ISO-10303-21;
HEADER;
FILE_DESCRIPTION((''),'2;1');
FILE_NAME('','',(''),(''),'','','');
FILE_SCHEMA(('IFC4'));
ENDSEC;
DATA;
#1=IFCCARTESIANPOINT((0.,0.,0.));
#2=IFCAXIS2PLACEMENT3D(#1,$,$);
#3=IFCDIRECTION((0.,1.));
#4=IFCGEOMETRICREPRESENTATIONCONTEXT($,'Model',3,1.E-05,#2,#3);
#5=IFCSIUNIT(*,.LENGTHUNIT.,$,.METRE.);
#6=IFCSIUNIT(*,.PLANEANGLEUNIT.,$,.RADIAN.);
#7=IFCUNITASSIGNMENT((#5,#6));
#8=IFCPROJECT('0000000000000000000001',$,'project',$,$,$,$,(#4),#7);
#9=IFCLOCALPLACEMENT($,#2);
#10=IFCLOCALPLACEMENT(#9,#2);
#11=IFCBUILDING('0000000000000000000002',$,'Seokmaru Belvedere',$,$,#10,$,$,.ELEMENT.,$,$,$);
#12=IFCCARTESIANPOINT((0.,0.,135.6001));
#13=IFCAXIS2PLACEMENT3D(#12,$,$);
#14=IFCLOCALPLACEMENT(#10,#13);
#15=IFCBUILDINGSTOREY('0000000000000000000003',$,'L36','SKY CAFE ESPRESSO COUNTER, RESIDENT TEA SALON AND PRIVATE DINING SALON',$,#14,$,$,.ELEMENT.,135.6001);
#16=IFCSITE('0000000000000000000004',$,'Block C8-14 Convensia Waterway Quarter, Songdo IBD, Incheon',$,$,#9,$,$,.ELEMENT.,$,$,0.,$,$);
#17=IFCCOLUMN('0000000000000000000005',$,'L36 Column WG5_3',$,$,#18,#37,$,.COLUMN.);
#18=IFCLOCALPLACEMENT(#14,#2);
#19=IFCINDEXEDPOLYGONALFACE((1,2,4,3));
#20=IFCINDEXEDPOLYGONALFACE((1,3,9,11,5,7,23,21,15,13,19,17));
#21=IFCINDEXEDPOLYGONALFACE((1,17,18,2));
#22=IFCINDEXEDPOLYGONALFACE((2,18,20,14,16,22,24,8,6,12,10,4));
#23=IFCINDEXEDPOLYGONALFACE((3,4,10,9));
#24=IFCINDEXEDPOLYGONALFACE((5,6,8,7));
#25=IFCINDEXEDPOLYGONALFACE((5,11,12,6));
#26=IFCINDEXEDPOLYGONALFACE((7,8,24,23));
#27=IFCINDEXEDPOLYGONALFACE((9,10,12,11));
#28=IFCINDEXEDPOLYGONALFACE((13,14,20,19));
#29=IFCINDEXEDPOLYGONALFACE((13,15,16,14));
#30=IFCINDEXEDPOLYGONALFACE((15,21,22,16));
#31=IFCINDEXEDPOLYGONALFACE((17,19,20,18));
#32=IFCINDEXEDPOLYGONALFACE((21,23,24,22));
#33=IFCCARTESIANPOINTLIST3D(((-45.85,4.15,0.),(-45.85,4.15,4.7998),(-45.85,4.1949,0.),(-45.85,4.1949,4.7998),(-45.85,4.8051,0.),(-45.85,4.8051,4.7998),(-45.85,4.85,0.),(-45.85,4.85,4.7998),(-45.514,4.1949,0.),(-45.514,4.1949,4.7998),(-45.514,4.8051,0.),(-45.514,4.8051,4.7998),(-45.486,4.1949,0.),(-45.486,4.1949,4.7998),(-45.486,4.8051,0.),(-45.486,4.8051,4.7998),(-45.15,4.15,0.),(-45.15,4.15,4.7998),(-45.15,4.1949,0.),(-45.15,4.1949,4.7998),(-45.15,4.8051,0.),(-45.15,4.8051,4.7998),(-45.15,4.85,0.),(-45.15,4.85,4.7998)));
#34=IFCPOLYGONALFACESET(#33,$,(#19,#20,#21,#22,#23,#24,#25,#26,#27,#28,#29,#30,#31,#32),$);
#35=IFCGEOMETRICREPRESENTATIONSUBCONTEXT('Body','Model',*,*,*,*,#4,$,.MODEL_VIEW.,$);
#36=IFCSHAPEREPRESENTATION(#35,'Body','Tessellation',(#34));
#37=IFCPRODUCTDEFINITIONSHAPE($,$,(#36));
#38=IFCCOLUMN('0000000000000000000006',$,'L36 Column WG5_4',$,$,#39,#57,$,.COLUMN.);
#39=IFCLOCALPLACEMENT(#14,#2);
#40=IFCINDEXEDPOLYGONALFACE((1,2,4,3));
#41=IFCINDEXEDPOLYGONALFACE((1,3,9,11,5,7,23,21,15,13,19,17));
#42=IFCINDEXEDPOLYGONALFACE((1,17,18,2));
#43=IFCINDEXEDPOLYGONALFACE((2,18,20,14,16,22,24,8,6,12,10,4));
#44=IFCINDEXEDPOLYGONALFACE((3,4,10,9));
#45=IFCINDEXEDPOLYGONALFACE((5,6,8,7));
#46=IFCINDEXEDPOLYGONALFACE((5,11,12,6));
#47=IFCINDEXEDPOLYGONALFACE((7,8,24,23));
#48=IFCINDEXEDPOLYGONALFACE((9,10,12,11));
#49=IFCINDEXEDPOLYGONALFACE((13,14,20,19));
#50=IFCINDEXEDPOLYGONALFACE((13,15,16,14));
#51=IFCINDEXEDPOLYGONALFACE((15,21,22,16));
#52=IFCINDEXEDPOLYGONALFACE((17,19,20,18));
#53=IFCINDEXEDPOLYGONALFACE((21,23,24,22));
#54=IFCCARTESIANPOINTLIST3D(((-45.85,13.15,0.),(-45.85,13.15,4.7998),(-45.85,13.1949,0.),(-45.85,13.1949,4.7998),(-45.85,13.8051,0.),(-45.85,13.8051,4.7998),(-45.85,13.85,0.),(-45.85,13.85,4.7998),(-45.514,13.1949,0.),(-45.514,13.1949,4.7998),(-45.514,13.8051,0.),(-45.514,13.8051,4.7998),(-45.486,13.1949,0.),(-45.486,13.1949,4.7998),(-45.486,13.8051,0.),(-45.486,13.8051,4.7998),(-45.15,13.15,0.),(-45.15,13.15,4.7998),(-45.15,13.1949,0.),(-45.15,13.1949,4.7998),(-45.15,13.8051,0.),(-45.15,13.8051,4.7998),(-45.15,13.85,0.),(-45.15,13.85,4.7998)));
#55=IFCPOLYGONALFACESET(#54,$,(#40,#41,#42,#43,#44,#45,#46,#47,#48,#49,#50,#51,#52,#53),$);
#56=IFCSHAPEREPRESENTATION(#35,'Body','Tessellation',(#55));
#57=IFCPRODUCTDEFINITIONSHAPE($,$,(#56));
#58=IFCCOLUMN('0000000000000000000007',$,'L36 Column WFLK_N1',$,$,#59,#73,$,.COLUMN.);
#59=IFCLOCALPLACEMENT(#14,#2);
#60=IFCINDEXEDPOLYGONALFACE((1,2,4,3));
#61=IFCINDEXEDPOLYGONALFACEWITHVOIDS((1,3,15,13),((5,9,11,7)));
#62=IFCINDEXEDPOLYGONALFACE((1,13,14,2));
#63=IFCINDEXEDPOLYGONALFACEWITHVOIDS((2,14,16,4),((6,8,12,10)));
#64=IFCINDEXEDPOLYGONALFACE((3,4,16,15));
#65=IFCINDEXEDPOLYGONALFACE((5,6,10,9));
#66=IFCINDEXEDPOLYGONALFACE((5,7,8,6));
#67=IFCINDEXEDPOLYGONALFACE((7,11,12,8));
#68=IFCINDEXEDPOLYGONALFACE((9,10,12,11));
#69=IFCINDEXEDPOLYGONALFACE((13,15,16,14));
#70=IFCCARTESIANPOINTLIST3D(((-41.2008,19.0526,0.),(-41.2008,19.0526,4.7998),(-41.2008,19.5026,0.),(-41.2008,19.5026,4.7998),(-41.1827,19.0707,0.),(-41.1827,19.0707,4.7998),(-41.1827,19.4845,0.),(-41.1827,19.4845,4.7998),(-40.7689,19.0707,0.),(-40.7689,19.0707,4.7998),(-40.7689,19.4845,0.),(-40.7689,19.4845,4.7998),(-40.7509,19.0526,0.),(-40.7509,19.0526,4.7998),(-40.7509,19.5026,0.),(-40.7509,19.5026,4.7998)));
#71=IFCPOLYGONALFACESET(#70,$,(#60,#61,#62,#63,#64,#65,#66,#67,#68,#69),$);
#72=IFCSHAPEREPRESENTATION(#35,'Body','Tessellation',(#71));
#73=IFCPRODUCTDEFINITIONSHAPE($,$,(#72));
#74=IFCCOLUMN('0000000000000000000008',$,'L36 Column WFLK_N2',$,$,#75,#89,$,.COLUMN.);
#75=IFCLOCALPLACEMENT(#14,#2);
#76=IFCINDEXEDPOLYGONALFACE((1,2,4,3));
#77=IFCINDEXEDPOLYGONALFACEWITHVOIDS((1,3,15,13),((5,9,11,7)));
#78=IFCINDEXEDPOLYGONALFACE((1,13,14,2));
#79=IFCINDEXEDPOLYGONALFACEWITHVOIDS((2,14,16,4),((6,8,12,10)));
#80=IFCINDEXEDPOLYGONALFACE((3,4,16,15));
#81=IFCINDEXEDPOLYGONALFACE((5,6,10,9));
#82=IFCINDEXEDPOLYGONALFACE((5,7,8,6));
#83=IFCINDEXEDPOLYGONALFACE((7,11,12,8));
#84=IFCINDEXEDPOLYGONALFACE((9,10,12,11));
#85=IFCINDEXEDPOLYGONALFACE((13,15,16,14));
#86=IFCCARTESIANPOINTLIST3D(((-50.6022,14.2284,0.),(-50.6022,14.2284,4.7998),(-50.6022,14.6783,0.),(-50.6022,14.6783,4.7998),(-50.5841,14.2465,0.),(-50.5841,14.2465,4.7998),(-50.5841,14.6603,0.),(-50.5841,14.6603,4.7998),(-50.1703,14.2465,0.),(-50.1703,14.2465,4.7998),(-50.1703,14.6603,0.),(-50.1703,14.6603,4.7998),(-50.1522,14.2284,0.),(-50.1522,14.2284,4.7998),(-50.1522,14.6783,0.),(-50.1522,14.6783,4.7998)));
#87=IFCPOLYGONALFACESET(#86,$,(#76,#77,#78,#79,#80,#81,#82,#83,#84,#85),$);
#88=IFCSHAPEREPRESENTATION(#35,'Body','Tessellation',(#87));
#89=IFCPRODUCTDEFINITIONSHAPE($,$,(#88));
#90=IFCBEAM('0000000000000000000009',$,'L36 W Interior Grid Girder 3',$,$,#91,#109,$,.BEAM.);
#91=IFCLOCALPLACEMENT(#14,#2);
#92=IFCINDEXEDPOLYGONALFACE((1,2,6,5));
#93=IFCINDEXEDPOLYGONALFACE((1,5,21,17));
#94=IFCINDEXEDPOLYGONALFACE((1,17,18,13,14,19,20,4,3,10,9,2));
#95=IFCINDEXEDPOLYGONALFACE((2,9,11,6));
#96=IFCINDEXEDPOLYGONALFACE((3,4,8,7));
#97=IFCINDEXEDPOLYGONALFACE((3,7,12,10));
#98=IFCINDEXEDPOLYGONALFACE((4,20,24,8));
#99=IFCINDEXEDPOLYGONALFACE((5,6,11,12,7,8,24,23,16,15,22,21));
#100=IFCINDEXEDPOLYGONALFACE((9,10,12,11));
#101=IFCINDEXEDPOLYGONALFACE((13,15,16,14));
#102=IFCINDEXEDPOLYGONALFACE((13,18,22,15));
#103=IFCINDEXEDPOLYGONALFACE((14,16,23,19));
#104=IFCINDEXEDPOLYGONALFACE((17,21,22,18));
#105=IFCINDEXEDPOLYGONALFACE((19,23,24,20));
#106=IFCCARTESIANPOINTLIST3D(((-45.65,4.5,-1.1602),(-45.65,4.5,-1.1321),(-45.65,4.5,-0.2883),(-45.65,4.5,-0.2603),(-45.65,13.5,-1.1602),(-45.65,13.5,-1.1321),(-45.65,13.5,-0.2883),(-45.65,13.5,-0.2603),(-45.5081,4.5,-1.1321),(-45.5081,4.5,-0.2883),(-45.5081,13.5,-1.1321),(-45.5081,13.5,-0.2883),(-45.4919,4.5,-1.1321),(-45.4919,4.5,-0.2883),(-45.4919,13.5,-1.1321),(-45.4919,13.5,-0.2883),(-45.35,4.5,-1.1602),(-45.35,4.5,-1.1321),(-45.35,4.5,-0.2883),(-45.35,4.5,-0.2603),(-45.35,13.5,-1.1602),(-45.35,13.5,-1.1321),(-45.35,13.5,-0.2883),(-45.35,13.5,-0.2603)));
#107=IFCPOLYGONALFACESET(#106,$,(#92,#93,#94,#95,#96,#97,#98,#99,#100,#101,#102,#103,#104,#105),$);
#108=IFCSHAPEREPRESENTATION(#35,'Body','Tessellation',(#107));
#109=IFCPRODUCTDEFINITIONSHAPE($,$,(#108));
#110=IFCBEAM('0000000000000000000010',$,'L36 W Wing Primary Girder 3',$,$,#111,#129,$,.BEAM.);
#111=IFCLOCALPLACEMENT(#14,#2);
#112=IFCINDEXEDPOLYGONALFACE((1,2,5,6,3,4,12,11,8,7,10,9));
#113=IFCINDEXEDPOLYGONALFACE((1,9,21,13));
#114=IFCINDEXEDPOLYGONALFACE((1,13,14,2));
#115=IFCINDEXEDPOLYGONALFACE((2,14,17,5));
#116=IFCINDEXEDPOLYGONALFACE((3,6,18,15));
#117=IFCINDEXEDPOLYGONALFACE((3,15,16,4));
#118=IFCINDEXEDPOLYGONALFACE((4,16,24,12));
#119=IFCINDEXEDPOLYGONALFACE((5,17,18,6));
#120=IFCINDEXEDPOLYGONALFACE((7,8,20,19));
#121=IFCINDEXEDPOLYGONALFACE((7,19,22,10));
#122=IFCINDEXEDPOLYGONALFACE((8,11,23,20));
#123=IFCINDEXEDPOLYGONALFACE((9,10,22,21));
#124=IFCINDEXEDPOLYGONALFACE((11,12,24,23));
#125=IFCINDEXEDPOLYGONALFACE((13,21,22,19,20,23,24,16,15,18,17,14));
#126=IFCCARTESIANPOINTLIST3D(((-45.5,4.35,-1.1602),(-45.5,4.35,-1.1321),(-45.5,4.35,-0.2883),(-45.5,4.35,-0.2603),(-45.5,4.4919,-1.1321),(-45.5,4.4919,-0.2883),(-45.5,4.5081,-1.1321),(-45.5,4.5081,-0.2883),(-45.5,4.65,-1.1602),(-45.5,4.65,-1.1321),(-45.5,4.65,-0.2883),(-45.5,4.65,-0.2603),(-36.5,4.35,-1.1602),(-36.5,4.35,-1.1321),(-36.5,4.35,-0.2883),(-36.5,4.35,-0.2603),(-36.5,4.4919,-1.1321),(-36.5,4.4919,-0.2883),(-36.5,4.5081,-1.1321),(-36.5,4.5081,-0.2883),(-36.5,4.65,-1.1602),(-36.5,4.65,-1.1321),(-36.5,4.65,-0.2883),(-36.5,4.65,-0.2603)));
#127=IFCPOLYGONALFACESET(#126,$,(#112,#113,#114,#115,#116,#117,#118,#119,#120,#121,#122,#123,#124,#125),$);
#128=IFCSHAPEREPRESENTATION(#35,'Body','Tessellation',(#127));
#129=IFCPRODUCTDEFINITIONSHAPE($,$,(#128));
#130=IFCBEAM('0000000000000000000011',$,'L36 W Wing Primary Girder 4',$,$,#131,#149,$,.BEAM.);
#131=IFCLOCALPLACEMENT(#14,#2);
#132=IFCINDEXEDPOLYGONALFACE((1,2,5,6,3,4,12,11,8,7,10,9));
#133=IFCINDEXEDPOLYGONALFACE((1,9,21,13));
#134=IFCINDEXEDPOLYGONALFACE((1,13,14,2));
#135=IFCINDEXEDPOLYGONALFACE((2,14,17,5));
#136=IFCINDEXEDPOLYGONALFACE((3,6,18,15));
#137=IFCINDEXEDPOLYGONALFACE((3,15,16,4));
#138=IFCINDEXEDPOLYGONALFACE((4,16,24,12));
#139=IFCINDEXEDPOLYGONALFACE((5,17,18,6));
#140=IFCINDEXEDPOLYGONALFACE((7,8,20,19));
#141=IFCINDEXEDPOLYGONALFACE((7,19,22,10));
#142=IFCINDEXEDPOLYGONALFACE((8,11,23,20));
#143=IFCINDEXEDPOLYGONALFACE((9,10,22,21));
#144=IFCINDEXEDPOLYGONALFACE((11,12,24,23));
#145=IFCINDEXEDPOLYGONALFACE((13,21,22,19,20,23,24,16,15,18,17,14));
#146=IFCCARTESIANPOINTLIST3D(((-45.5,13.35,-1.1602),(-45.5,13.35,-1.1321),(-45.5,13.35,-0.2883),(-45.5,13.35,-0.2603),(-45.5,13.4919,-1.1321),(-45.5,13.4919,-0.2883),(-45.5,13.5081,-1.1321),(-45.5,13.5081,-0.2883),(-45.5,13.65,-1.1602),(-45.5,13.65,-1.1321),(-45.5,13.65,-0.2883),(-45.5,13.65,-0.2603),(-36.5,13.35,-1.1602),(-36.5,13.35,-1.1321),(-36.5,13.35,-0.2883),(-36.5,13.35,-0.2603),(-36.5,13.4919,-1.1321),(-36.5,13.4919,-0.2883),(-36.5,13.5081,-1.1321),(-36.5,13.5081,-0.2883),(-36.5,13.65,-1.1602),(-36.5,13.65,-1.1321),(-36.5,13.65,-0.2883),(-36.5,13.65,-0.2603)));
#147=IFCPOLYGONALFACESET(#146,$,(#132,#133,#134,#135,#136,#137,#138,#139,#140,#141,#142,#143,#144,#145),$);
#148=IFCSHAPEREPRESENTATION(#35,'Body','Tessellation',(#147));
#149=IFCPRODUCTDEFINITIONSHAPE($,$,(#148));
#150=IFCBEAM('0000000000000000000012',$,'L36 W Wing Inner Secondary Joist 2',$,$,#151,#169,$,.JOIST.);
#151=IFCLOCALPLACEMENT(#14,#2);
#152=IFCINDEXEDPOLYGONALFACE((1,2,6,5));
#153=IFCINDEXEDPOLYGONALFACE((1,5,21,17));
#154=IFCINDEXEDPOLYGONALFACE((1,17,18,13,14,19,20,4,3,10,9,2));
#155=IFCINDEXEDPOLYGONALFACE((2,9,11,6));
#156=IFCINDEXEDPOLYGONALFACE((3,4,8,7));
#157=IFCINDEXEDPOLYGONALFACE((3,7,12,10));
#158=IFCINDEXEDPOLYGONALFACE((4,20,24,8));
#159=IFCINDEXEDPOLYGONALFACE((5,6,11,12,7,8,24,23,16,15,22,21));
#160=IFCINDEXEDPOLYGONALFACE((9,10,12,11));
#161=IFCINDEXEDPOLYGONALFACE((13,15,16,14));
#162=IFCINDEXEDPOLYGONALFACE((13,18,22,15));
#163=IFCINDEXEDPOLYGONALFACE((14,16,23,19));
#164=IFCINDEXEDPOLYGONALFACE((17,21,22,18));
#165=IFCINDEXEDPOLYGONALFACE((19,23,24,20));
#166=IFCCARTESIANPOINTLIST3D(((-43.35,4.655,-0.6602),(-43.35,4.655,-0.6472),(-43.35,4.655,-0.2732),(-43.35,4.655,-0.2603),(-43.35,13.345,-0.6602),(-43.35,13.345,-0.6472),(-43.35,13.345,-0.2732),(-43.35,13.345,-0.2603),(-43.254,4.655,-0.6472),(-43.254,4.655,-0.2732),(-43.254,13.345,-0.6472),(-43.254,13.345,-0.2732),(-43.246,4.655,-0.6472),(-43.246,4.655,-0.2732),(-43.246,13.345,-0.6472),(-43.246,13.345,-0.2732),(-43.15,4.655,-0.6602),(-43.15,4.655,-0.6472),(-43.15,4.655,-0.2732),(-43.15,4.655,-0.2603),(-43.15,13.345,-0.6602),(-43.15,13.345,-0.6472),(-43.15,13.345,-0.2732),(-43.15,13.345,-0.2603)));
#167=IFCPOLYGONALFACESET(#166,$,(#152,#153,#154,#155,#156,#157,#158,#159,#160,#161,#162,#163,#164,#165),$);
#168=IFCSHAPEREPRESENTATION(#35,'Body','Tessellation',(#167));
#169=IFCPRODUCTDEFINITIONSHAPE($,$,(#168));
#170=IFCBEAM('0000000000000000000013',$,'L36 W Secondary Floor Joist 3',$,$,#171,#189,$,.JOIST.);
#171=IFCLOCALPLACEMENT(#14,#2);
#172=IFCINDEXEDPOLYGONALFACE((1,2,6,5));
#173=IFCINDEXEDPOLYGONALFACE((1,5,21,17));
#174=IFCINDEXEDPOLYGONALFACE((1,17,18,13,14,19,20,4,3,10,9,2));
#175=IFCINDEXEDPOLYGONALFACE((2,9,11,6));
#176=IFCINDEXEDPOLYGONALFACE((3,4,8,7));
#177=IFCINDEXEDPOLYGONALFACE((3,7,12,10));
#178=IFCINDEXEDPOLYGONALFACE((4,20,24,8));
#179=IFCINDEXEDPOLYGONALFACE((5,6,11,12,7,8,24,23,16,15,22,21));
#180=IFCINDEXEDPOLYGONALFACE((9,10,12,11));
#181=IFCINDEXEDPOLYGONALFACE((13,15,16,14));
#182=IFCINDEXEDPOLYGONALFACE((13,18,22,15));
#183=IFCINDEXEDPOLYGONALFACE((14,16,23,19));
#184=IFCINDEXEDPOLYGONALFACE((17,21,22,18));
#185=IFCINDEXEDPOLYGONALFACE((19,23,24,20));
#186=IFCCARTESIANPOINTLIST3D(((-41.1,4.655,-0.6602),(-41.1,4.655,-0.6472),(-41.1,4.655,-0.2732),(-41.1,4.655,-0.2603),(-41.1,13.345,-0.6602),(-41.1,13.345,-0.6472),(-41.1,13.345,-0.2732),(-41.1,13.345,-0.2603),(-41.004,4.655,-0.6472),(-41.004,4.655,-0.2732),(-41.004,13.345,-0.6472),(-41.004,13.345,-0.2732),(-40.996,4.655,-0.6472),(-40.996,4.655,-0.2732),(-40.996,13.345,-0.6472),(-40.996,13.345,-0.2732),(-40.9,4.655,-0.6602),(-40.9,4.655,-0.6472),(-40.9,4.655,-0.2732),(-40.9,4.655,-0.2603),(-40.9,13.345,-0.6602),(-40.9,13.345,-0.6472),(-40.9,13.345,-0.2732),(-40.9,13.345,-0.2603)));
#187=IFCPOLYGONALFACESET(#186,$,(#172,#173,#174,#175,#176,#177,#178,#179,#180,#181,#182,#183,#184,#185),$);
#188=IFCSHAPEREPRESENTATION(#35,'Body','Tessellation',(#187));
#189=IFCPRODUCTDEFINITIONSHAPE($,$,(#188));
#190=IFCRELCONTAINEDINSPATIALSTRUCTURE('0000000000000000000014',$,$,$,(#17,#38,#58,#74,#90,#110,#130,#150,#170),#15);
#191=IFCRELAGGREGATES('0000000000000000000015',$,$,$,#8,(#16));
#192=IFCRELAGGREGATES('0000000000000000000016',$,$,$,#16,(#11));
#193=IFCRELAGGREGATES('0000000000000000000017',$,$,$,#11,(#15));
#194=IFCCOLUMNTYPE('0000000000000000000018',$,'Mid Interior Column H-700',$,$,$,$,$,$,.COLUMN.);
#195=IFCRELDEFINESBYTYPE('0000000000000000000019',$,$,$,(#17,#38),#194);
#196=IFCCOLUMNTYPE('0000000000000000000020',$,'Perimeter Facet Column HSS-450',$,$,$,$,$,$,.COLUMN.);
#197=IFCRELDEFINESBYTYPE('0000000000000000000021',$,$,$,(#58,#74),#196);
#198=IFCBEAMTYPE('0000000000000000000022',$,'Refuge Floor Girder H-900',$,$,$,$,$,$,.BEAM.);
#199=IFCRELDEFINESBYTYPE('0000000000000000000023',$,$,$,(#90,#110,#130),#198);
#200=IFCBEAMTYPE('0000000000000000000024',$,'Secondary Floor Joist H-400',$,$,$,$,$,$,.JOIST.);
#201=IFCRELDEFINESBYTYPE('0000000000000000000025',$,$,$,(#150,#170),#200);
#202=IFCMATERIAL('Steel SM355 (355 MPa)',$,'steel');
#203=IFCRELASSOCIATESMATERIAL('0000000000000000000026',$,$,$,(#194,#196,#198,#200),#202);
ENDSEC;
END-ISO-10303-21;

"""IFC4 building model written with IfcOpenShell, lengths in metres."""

from ifc_helpers import new_model, si_unit, direction, frame, origin, origin_2d, place, context, subcontext, project, spatial, hollow_rectangle, i_section, extrude, source, transform, mapped, material, material_profile, profile_set, type_object, type_shapes, element, save


model = new_model("IFC4")

# Units and contexts
model_context = context("Model", 3, precision=1e-05, world=origin(), true_north=direction((0.0, 1.0)))
body_context = subcontext(model_context, "Body", "Model", "MODEL_VIEW")
ifc_project = project(units=[si_unit("LENGTHUNIT", "METRE"), si_unit("PLANEANGLEUNIT", "RADIAN")], contexts=[model_context])

# Site, building, storey
site_placement = place(None, origin())
site = spatial("IfcSite", under=ifc_project, at=site_placement, Name="Block C8-14 Convensia Waterway Quarter, Songdo IBD, Incheon", CompositionType="ELEMENT", RefElevation=0.0)
building_placement = place(site_placement, origin())
building = spatial("IfcBuilding", under=site, at=building_placement, Name="Seokmaru Belvedere", CompositionType="ELEMENT")
storey_placement = place(building_placement, frame((0.0, 0.0, 135.6001)))
storey = spatial("IfcBuildingStorey", under=building, at=storey_placement, Name="L36", Description="SKY CAFE ESPRESSO COUNTER, RESIDENT TEA SALON AND PRIVATE DINING SALON", CompositionType="ELEMENT", Elevation=135.6001)

# Columns
ifc_material_1 = material(Name="Steel SM355 (355 MPa)", Category="steel")
ifc_material_profile_1 = material_profile(ifc_material_1, i_section(OverallWidth=0.7, OverallDepth=0.7, WebThickness=0.0281, FlangeThickness=0.0449, at=origin_2d()), Name="H-700x700x28x45")
ifc_profile_set_1 = profile_set([ifc_material_profile_1], Name="Steel SM355 (355 MPa)")
column_type_1 = type_object("IfcColumnType", Name="Mid Interior Column H-700", PredefinedType="COLUMN", material=ifc_profile_set_1)
shared_shape_1 = source(origin(), body_context, "Body", "SweptSolid", [
    extrude(i_section(OverallWidth=0.7, OverallDepth=0.7, WebThickness=0.0281, FlangeThickness=0.0449, at=origin_2d()), origin(), (0.0, 0.0, 1.0), 4.7998),
])
type_shapes(column_type_1, [shared_shape_1])
for number, where, z_axis, x_axis, name in (
    (1, (-45.5, 4.5, 0.0), (0.0, 0.0, 1.0), (1.0, 0.0, 0.0), "L36 Column WG5_3"),
    (2, (-45.5, 13.5, 0.0), (0.0, 0.0, 1.0), (1.0, 0.0, 0.0), "L36 Column WG5_4"),
):
    element("IfcColumn", number, at=place(storey_placement, frame(where, z_axis=z_axis, x_axis=x_axis)), inside=storey, type_object=column_type_1, Name=name, PredefinedType="COLUMN", context=body_context, shape_type="MappedRepresentation", body=[
        mapped(shared_shape_1, transform((0.0, 0.0, 0.0), scale=1.0)),
    ])
ifc_material_profile_2 = material_profile(ifc_material_1, hollow_rectangle(XDim=0.45, YDim=0.45, WallThickness=0.0181, at=origin_2d()), Name="HSS-450x450x18")
ifc_profile_set_2 = profile_set([ifc_material_profile_2], Name="Steel SM355 (355 MPa)")
column_type_2 = type_object("IfcColumnType", Name="Perimeter Facet Column HSS-450", PredefinedType="COLUMN", material=ifc_profile_set_2)
shared_shape_2 = source(origin(), body_context, "Body", "SweptSolid", [
    extrude(hollow_rectangle(XDim=0.45, YDim=0.45, WallThickness=0.0181, at=origin_2d()), origin(), (0.0, 0.0, 1.0), 4.7998),
])
type_shapes(column_type_2, [shared_shape_2])
for number, where, z_axis, x_axis, name in (
    (3, (-40.9758, 19.2776, 0.0), (0.0, 0.0, 1.0), (1.0, 0.0, 0.0), "L36 Column WFLK_N1"),
    (4, (-50.3772, 14.4534, 0.0), (0.0, 0.0, 1.0), (1.0, 0.0, 0.0), "L36 Column WFLK_N2"),
):
    element("IfcColumn", number, at=place(storey_placement, frame(where, z_axis=z_axis, x_axis=x_axis)), inside=storey, type_object=column_type_2, Name=name, PredefinedType="COLUMN", context=body_context, shape_type="MappedRepresentation", body=[
        mapped(shared_shape_2, transform((0.0, 0.0, 0.0), scale=1.0)),
    ])

# Beams
ifc_material_profile_3 = material_profile(ifc_material_1, i_section(OverallWidth=0.3, OverallDepth=0.8999, WebThickness=0.0161, FlangeThickness=0.0281, at=origin_2d()), Name="H-900x300x16x28")
ifc_profile_set_3 = profile_set([ifc_material_profile_3], Name="Steel SM355 (355 MPa)")
beam_type_1 = type_object("IfcBeamType", Name="Refuge Floor Girder H-900", PredefinedType="BEAM", material=ifc_profile_set_3)
shared_shape_3 = source(origin(), body_context, "Body", "SweptSolid", [
    extrude(i_section(OverallWidth=0.3, OverallDepth=0.8999, WebThickness=0.0161, FlangeThickness=0.0281, at=origin_2d()), origin(), (0.0, 0.0, 1.0), 9.0),
])
for number, where, z_axis, x_axis, name in (
    (5, (-45.5, 4.5, -0.7102), (0.0, 1.0, 0.0), (-1.0, 0.0, 0.0), "L36 W Interior Grid Girder 3"),
    (6, (-45.5, 4.5, -0.7102), (1.0, 0.0, 0.0), (0.0, 1.0, 0.0), "L36 W Wing Primary Girder 3"),
    (7, (-45.5, 13.5, -0.7102), (1.0, 0.0, 0.0), (0.0, 1.0, 0.0), "L36 W Wing Primary Girder 4"),
):
    element("IfcBeam", number, at=place(storey_placement, frame(where, z_axis=z_axis, x_axis=x_axis)), inside=storey, type_object=beam_type_1, Name=name, PredefinedType="BEAM", context=body_context, shape_type="MappedRepresentation", body=[
        mapped(shared_shape_3, transform((0.0, 0.0, 0.0), scale=1.0)),
    ])
ifc_material_profile_4 = material_profile(ifc_material_1, i_section(OverallWidth=0.2, OverallDepth=0.3999, WebThickness=0.0081, FlangeThickness=0.0129, at=origin_2d()), Name="H-400x200x8x13")
ifc_profile_set_4 = profile_set([ifc_material_profile_4], Name="Steel SM355 (355 MPa)")
beam_type_2 = type_object("IfcBeamType", Name="Secondary Floor Joist H-400", PredefinedType="JOIST", material=ifc_profile_set_4)
shared_shape_4 = source(origin(), body_context, "Body", "SweptSolid", [
    extrude(i_section(OverallWidth=0.2, OverallDepth=0.3999, WebThickness=0.0081, FlangeThickness=0.0129, at=origin_2d()), origin(), (0.0, 0.0, 1.0), 8.6899),
])
type_shapes(beam_type_2, [shared_shape_4])
for number, where, z_axis, x_axis, name in (
    (8, (-43.25, 4.655, -0.4602), (0.0, 1.0, 0.0), (-1.0, 0.0, 0.0), "L36 W Wing Inner Secondary Joist 2"),
    (9, (-41.0, 4.655, -0.4602), (0.0, 1.0, 0.0), (-1.0, 0.0, 0.0), "L36 W Secondary Floor Joist 3"),
):
    element("IfcBeam", number, at=place(storey_placement, frame(where, z_axis=z_axis, x_axis=x_axis)), inside=storey, type_object=beam_type_2, Name=name, PredefinedType="JOIST", context=body_context, shape_type="MappedRepresentation", body=[
        mapped(shared_shape_4, transform((0.0, 0.0, 0.0), scale=1.0)),
    ])

save(model, "model.ifc")
